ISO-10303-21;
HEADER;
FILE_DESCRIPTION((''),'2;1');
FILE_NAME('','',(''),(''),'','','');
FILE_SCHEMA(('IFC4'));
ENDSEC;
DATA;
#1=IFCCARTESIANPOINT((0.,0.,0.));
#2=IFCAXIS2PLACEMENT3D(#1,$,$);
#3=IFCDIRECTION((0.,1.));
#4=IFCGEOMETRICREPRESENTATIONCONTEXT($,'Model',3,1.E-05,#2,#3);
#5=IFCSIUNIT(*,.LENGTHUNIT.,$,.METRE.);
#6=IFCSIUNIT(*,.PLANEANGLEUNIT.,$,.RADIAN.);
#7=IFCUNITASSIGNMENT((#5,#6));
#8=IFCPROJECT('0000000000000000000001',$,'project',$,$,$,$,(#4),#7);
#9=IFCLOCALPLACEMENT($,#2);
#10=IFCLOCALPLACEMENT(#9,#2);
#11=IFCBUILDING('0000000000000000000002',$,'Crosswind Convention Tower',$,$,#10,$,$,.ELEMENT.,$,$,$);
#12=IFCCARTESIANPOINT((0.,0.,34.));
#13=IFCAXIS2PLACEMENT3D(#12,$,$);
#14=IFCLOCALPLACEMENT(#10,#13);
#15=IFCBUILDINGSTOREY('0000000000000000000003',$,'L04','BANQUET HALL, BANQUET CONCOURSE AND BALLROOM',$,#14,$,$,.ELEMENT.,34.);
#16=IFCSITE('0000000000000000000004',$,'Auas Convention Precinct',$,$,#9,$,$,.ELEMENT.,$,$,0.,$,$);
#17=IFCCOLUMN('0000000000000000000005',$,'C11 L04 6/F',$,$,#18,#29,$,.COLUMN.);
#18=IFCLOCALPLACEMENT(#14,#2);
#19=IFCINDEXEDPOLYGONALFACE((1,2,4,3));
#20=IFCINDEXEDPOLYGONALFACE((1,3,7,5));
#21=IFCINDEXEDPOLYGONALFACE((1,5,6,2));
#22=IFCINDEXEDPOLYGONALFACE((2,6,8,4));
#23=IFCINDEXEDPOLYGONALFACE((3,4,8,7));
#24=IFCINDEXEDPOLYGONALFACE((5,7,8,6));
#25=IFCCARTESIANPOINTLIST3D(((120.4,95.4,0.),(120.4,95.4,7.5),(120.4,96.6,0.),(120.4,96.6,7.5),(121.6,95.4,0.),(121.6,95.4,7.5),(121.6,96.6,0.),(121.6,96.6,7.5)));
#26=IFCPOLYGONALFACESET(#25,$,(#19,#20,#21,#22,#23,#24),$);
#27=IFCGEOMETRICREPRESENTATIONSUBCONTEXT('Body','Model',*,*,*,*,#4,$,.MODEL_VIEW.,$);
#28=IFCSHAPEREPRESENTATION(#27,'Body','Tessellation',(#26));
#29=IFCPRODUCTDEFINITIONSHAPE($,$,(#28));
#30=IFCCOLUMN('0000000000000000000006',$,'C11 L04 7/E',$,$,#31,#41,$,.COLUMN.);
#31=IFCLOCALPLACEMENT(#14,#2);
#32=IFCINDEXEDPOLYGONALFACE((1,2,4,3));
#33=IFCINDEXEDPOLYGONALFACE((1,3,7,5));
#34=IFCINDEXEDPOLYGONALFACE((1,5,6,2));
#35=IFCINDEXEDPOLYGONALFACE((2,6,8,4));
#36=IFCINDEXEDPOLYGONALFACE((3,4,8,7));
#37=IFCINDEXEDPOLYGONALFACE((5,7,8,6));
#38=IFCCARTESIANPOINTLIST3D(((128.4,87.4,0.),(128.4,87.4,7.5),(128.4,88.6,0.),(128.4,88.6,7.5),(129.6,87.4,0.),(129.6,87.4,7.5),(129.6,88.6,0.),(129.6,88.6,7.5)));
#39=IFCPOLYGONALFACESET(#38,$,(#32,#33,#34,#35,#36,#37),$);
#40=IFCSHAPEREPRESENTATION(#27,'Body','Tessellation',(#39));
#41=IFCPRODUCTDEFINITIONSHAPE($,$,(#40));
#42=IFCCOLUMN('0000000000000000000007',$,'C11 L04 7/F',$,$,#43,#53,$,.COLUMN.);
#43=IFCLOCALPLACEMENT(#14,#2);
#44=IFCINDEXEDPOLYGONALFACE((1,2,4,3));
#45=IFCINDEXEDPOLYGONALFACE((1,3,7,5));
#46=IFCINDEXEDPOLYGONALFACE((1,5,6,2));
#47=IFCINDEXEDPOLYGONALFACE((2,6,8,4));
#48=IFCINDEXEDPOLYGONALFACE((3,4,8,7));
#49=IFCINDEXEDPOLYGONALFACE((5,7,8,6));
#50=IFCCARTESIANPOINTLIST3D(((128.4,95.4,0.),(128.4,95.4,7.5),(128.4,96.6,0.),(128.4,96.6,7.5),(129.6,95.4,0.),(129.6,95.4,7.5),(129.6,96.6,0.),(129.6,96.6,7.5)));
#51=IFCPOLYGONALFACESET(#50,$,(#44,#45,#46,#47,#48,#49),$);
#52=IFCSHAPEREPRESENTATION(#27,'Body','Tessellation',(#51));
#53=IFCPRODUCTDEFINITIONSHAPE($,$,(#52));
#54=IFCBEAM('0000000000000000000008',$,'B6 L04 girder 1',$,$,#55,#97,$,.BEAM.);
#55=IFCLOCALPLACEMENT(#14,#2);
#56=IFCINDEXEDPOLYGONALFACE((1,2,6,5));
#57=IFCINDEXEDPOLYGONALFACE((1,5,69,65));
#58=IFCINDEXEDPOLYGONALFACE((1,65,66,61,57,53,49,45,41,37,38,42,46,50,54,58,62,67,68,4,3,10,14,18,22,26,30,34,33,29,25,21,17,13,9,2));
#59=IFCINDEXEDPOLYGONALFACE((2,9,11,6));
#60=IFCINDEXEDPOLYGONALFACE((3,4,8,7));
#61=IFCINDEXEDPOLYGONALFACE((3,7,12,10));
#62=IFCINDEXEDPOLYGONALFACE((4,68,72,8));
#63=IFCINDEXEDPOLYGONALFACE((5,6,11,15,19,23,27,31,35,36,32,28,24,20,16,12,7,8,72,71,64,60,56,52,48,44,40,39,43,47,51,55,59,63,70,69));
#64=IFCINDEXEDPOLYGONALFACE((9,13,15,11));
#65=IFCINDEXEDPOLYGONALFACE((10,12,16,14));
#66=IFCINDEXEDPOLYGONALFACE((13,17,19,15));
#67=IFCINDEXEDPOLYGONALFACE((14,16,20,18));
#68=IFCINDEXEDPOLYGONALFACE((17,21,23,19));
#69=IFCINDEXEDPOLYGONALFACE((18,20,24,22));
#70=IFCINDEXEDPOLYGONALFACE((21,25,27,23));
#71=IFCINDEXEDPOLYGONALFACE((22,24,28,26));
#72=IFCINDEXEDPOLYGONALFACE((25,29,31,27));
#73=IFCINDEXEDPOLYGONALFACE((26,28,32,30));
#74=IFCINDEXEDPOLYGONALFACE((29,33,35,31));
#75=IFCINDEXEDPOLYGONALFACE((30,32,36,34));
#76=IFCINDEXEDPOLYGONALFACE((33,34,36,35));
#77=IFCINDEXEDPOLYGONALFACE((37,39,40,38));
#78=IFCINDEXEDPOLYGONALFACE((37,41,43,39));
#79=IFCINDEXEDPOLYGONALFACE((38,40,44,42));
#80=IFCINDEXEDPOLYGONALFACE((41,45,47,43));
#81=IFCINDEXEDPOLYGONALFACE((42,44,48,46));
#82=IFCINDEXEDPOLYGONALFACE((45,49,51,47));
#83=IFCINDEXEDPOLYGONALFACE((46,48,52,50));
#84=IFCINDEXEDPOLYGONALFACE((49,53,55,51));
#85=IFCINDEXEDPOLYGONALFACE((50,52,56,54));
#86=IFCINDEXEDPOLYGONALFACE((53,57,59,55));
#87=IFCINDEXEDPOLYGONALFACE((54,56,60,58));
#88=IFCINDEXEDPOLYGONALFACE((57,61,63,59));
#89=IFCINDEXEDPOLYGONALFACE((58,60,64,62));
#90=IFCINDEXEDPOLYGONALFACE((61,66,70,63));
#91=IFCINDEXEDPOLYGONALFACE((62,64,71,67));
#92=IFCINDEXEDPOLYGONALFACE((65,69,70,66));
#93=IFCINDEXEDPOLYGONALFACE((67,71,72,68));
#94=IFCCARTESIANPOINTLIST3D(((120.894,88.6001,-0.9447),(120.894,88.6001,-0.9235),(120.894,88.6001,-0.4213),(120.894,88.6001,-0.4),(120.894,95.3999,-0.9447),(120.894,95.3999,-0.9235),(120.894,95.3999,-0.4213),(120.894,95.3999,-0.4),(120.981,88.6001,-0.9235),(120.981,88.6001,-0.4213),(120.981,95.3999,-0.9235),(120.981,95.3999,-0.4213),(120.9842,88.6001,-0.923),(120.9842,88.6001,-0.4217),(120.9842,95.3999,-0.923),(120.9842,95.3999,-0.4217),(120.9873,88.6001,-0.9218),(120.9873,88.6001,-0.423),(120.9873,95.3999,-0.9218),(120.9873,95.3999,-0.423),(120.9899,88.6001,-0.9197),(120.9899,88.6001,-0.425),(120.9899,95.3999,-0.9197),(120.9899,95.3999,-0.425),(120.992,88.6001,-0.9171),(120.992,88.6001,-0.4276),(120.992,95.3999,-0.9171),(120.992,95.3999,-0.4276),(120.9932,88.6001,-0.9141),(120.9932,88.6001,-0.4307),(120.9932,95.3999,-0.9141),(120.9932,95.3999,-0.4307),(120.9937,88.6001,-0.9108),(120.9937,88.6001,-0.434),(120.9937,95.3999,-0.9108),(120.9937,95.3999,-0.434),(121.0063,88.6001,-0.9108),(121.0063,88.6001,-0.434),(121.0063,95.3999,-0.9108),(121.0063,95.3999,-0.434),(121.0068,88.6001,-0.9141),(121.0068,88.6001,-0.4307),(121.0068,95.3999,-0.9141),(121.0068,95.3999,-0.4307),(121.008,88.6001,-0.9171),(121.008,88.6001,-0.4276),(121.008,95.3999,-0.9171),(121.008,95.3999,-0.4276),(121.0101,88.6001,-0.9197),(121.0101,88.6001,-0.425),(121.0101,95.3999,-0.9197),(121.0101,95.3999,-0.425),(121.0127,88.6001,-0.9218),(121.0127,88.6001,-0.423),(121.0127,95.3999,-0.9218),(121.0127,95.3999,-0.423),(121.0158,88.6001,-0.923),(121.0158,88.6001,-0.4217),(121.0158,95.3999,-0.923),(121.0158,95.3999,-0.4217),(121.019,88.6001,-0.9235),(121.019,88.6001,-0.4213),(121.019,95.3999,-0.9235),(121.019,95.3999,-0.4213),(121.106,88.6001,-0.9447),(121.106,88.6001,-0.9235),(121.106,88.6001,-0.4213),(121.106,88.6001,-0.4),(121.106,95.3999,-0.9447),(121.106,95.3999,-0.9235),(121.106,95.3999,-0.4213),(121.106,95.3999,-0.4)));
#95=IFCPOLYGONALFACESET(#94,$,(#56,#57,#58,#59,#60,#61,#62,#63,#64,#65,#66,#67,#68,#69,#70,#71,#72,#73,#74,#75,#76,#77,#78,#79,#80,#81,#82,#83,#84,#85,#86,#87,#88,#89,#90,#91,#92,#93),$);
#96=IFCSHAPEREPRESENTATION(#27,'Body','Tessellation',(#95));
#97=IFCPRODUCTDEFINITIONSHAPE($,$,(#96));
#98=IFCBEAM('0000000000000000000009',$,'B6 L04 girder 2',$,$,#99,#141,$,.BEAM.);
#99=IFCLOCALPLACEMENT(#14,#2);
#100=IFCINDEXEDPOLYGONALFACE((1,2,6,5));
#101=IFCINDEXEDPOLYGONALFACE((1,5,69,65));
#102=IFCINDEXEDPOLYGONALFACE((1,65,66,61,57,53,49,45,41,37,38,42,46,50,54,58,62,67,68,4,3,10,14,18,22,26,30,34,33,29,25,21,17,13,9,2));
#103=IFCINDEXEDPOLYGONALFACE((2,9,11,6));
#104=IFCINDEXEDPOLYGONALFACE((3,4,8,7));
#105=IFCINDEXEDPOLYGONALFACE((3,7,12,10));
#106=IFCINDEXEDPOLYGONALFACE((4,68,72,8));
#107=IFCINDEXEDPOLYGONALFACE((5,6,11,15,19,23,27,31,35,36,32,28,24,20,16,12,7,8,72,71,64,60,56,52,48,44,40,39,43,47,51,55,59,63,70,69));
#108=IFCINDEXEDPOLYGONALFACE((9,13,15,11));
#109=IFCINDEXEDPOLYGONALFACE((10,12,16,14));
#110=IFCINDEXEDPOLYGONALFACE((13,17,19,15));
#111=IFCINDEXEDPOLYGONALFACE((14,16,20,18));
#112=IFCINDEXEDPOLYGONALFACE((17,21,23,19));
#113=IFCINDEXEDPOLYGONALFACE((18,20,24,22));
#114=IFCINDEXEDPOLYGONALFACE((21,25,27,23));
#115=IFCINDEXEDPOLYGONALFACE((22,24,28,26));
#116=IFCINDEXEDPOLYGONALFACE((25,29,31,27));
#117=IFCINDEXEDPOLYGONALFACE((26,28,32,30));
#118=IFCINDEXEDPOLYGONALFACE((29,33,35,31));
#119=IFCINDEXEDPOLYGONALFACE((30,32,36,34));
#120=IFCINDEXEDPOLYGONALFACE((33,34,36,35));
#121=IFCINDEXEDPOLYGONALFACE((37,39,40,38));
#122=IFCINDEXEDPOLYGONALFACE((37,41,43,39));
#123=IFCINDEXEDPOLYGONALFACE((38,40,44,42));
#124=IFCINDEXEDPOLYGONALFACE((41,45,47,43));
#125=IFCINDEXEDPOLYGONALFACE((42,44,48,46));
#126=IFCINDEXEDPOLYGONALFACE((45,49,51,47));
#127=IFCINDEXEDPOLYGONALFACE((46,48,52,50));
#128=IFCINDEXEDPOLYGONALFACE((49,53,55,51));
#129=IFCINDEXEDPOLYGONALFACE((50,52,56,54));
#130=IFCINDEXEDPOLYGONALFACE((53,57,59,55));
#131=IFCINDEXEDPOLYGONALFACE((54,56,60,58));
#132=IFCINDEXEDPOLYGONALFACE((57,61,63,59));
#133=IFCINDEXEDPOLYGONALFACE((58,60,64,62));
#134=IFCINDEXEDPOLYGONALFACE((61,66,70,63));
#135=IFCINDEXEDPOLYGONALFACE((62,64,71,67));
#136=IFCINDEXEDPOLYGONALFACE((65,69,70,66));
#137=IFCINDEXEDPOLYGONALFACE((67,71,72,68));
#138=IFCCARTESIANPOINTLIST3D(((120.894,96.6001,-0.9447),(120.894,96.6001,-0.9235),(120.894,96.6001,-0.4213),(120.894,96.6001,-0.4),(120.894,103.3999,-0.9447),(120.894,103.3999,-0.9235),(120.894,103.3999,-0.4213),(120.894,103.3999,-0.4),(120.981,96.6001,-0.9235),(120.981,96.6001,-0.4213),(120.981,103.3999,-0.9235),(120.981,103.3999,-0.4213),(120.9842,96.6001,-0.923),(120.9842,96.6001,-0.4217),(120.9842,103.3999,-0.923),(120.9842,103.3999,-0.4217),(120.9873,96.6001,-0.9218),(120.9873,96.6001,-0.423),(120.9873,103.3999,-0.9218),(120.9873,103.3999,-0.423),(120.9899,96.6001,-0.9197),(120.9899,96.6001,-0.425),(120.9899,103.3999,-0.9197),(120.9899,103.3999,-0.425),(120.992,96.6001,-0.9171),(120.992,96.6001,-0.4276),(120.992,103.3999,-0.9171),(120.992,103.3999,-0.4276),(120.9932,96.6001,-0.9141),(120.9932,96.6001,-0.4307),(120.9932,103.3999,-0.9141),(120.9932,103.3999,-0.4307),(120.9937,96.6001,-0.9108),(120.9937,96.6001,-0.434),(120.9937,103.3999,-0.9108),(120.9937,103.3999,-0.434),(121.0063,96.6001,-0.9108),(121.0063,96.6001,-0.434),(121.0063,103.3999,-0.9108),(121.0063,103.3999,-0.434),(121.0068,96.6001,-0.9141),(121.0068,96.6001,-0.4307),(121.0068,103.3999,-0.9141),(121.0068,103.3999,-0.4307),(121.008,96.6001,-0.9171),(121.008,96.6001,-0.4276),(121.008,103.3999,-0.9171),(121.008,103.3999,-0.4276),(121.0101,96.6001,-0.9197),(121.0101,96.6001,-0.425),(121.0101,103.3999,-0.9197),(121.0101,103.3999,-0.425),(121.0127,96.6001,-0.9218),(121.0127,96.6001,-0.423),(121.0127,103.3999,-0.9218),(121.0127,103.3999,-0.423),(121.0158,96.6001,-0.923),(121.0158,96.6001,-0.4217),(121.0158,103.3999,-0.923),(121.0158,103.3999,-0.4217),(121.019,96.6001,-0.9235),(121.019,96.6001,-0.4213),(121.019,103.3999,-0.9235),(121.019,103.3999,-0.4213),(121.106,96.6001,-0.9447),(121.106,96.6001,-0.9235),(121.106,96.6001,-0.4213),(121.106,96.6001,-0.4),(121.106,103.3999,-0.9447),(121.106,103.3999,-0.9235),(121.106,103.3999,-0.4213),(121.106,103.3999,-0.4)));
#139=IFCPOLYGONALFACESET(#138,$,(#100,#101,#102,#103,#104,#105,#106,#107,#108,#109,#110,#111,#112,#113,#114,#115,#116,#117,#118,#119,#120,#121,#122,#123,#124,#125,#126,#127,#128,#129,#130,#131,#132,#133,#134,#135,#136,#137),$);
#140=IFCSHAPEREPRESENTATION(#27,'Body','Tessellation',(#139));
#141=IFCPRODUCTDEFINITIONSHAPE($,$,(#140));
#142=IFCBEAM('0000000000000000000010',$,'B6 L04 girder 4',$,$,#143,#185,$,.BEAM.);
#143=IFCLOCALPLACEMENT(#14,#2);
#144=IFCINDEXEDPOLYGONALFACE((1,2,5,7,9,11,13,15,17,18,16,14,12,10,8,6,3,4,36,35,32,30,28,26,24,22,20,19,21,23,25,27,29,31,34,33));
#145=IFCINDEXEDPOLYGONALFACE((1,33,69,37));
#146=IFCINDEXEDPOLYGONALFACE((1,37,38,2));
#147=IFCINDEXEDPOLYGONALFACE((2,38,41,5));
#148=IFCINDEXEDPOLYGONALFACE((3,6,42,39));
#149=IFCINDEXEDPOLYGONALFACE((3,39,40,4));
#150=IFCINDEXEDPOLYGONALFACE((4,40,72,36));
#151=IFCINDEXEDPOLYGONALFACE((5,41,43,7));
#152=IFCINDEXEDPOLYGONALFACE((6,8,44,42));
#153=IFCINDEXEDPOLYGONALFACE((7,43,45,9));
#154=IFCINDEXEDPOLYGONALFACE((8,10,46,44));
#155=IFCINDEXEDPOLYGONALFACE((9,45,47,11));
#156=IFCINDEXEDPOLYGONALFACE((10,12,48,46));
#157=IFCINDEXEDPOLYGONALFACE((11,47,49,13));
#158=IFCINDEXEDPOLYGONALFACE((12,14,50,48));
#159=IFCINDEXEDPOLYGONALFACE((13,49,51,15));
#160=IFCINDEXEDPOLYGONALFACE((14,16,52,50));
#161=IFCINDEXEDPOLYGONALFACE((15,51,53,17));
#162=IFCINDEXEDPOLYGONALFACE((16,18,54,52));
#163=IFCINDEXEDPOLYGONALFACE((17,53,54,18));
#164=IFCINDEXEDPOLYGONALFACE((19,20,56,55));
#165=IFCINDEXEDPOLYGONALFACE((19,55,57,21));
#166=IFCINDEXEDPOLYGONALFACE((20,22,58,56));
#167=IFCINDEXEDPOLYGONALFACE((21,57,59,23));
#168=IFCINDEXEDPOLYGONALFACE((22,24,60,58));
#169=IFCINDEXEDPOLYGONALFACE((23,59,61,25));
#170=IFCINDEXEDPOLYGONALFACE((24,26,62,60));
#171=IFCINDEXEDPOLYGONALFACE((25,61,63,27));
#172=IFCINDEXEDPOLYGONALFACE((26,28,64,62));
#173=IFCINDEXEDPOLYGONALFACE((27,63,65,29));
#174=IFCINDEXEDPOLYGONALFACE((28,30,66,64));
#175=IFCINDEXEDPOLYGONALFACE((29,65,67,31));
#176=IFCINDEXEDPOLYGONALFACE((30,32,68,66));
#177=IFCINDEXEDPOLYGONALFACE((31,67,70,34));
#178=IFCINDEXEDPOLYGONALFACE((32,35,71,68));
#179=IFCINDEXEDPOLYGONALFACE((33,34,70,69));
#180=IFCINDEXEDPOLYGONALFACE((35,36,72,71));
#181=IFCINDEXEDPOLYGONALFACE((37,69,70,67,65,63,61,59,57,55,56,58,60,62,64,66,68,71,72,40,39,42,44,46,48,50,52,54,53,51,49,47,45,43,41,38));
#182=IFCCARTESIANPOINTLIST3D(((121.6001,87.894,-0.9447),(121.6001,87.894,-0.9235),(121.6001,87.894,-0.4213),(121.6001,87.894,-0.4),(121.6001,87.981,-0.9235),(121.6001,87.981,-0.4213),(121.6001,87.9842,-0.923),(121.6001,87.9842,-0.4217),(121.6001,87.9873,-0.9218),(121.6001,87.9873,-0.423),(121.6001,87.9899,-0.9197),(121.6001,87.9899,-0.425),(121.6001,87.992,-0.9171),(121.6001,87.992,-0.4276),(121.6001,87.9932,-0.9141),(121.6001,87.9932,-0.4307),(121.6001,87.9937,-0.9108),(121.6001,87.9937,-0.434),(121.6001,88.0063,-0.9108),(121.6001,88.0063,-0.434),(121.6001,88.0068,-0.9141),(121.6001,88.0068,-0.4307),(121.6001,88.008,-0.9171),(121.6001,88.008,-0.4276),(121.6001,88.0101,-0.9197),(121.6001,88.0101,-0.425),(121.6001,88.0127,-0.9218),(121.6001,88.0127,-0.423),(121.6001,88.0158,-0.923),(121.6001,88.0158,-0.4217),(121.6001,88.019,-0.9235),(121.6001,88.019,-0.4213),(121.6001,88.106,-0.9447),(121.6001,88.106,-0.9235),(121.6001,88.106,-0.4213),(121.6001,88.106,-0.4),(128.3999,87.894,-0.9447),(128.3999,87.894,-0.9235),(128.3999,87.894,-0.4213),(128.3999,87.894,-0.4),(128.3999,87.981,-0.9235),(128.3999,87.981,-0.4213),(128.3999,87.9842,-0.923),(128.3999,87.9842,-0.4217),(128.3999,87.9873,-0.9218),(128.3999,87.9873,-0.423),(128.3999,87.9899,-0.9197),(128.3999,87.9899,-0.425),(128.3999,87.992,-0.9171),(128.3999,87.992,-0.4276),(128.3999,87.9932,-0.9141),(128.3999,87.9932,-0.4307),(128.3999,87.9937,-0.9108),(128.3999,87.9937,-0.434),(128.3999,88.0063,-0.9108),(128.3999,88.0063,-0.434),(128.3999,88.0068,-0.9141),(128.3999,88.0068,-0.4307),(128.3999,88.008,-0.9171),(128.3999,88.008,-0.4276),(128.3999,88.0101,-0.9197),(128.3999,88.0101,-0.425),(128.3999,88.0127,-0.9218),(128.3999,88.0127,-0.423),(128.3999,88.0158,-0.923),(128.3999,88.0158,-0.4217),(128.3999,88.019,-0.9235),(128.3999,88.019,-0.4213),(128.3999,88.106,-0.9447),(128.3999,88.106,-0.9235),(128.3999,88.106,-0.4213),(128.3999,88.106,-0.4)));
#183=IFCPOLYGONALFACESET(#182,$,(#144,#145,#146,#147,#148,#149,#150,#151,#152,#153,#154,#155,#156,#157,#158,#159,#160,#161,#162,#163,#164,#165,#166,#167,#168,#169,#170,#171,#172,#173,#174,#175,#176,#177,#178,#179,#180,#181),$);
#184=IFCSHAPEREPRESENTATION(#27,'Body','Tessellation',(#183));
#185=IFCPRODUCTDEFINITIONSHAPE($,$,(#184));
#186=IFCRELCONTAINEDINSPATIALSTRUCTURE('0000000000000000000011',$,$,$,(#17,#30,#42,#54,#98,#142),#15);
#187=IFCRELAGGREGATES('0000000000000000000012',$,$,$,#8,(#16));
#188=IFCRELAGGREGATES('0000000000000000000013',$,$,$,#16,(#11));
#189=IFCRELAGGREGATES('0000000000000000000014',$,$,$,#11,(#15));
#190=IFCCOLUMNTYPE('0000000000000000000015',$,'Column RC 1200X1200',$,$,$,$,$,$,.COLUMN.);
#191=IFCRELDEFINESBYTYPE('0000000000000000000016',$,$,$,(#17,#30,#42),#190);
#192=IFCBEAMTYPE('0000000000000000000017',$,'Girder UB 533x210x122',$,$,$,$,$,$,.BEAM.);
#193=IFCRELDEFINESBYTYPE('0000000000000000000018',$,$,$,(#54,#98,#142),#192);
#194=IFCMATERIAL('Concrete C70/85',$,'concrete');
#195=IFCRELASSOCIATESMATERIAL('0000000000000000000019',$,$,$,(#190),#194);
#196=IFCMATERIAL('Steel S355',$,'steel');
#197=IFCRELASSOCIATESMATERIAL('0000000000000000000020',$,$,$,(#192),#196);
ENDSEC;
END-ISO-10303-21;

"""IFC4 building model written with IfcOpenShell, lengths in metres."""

from ifc_helpers import new_model, si_unit, direction, frame, origin, origin_2d, place, context, subcontext, project, spatial, rectangle, i_section, extrude, material, material_profile, profile_set, type_object, element, save


model = new_model("IFC4")

# Units and contexts
model_context = context("Model", 3, precision=1e-05, world=origin(), true_north=direction((0.0, 1.0)))
body_context = subcontext(model_context, "Body", "Model", "MODEL_VIEW")
ifc_project = project(units=[si_unit("LENGTHUNIT", "METRE"), si_unit("PLANEANGLEUNIT", "RADIAN")], contexts=[model_context])

# Site, building, storey
site_placement = place(None, origin())
site = spatial("IfcSite", under=ifc_project, at=site_placement, Name="Auas Convention Precinct", CompositionType="ELEMENT", RefElevation=0.0)
building_placement = place(site_placement, origin())
building = spatial("IfcBuilding", under=site, at=building_placement, Name="Crosswind Convention Tower", CompositionType="ELEMENT")
storey_placement = place(building_placement, frame((0.0, 0.0, 34.0)))
storey = spatial("IfcBuildingStorey", under=building, at=storey_placement, Name="L04", Description="BANQUET HALL, BANQUET CONCOURSE AND BALLROOM", CompositionType="ELEMENT", Elevation=34.0)

# Columns
ifc_material_1 = material(Name="Concrete C70/85", Category="concrete")
ifc_material_profile_1 = material_profile(ifc_material_1, rectangle(XDim=1.2, YDim=1.2, at=origin_2d()), Name="RC 1200X1200")
ifc_profile_set_1 = profile_set([ifc_material_profile_1], Name="Concrete C70/85")
column_type = type_object("IfcColumnType", Name="Column RC 1200X1200", PredefinedType="COLUMN", material=ifc_profile_set_1)
for number, where, z_axis, x_axis, name in (
    (1, (121.0, 96.0, 0.0), (0.0, 0.0, 1.0), (1.0, 0.0, 0.0), "C11 L04 6/F"),
    (2, (129.0, 88.0, 0.0), (0.0, 0.0, 1.0), (1.0, 0.0, 0.0), "C11 L04 7/E"),
    (3, (129.0, 96.0, 0.0), (0.0, 0.0, 1.0), (1.0, 0.0, 0.0), "C11 L04 7/F"),
):
    element("IfcColumn", number, at=place(storey_placement, frame(where, z_axis=z_axis, x_axis=x_axis)), inside=storey, type_object=column_type, Name=name, PredefinedType="COLUMN", context=body_context, shape_type="SweptSolid", body=[
        extrude(rectangle(XDim=1.2, YDim=1.2, at=origin_2d()), origin(), (0.0, 0.0, 1.0), 7.5),
    ])

# Beams
ifc_material_2 = material(Name="Steel S355", Category="steel")
ifc_material_profile_2 = material_profile(ifc_material_2, i_section(OverallWidth=0.2119, OverallDepth=0.5447, WebThickness=0.0127, FlangeThickness=0.0212, FilletRadius=0.0127, at=origin_2d()), Name="UB 533x210x122")
ifc_profile_set_2 = profile_set([ifc_material_profile_2], Name="Steel S355")
beam_type_1 = type_object("IfcBeamType", Name="Girder UB 533x210x122", PredefinedType="BEAM", material=ifc_profile_set_2)
for number, where, z_axis, x_axis, name in (
    (4, (121.0, 88.6001, -0.6724), (0.0, 1.0, 0.0), (-1.0, 0.0, 0.0), "B6 L04 girder 1"),
    (5, (121.0, 96.6001, -0.6724), (0.0, 1.0, 0.0), (-1.0, 0.0, 0.0), "B6 L04 girder 2"),
    (6, (121.6001, 88.0, -0.6724), (1.0, 0.0, 0.0), (0.0, 1.0, 0.0), "B6 L04 girder 4"),
):
    element("IfcBeam", number, at=place(storey_placement, frame(where, z_axis=z_axis, x_axis=x_axis)), inside=storey, type_object=beam_type_1, Name=name, PredefinedType="BEAM", context=body_context, shape_type="SweptSolid", body=[
        extrude(i_section(OverallWidth=0.2119, OverallDepth=0.5447, WebThickness=0.0127, FlangeThickness=0.0212, FilletRadius=0.0127, at=origin_2d()), origin(), (0.0, 0.0, 1.0), 6.7998),
    ])

save(model, "model.ifc")
